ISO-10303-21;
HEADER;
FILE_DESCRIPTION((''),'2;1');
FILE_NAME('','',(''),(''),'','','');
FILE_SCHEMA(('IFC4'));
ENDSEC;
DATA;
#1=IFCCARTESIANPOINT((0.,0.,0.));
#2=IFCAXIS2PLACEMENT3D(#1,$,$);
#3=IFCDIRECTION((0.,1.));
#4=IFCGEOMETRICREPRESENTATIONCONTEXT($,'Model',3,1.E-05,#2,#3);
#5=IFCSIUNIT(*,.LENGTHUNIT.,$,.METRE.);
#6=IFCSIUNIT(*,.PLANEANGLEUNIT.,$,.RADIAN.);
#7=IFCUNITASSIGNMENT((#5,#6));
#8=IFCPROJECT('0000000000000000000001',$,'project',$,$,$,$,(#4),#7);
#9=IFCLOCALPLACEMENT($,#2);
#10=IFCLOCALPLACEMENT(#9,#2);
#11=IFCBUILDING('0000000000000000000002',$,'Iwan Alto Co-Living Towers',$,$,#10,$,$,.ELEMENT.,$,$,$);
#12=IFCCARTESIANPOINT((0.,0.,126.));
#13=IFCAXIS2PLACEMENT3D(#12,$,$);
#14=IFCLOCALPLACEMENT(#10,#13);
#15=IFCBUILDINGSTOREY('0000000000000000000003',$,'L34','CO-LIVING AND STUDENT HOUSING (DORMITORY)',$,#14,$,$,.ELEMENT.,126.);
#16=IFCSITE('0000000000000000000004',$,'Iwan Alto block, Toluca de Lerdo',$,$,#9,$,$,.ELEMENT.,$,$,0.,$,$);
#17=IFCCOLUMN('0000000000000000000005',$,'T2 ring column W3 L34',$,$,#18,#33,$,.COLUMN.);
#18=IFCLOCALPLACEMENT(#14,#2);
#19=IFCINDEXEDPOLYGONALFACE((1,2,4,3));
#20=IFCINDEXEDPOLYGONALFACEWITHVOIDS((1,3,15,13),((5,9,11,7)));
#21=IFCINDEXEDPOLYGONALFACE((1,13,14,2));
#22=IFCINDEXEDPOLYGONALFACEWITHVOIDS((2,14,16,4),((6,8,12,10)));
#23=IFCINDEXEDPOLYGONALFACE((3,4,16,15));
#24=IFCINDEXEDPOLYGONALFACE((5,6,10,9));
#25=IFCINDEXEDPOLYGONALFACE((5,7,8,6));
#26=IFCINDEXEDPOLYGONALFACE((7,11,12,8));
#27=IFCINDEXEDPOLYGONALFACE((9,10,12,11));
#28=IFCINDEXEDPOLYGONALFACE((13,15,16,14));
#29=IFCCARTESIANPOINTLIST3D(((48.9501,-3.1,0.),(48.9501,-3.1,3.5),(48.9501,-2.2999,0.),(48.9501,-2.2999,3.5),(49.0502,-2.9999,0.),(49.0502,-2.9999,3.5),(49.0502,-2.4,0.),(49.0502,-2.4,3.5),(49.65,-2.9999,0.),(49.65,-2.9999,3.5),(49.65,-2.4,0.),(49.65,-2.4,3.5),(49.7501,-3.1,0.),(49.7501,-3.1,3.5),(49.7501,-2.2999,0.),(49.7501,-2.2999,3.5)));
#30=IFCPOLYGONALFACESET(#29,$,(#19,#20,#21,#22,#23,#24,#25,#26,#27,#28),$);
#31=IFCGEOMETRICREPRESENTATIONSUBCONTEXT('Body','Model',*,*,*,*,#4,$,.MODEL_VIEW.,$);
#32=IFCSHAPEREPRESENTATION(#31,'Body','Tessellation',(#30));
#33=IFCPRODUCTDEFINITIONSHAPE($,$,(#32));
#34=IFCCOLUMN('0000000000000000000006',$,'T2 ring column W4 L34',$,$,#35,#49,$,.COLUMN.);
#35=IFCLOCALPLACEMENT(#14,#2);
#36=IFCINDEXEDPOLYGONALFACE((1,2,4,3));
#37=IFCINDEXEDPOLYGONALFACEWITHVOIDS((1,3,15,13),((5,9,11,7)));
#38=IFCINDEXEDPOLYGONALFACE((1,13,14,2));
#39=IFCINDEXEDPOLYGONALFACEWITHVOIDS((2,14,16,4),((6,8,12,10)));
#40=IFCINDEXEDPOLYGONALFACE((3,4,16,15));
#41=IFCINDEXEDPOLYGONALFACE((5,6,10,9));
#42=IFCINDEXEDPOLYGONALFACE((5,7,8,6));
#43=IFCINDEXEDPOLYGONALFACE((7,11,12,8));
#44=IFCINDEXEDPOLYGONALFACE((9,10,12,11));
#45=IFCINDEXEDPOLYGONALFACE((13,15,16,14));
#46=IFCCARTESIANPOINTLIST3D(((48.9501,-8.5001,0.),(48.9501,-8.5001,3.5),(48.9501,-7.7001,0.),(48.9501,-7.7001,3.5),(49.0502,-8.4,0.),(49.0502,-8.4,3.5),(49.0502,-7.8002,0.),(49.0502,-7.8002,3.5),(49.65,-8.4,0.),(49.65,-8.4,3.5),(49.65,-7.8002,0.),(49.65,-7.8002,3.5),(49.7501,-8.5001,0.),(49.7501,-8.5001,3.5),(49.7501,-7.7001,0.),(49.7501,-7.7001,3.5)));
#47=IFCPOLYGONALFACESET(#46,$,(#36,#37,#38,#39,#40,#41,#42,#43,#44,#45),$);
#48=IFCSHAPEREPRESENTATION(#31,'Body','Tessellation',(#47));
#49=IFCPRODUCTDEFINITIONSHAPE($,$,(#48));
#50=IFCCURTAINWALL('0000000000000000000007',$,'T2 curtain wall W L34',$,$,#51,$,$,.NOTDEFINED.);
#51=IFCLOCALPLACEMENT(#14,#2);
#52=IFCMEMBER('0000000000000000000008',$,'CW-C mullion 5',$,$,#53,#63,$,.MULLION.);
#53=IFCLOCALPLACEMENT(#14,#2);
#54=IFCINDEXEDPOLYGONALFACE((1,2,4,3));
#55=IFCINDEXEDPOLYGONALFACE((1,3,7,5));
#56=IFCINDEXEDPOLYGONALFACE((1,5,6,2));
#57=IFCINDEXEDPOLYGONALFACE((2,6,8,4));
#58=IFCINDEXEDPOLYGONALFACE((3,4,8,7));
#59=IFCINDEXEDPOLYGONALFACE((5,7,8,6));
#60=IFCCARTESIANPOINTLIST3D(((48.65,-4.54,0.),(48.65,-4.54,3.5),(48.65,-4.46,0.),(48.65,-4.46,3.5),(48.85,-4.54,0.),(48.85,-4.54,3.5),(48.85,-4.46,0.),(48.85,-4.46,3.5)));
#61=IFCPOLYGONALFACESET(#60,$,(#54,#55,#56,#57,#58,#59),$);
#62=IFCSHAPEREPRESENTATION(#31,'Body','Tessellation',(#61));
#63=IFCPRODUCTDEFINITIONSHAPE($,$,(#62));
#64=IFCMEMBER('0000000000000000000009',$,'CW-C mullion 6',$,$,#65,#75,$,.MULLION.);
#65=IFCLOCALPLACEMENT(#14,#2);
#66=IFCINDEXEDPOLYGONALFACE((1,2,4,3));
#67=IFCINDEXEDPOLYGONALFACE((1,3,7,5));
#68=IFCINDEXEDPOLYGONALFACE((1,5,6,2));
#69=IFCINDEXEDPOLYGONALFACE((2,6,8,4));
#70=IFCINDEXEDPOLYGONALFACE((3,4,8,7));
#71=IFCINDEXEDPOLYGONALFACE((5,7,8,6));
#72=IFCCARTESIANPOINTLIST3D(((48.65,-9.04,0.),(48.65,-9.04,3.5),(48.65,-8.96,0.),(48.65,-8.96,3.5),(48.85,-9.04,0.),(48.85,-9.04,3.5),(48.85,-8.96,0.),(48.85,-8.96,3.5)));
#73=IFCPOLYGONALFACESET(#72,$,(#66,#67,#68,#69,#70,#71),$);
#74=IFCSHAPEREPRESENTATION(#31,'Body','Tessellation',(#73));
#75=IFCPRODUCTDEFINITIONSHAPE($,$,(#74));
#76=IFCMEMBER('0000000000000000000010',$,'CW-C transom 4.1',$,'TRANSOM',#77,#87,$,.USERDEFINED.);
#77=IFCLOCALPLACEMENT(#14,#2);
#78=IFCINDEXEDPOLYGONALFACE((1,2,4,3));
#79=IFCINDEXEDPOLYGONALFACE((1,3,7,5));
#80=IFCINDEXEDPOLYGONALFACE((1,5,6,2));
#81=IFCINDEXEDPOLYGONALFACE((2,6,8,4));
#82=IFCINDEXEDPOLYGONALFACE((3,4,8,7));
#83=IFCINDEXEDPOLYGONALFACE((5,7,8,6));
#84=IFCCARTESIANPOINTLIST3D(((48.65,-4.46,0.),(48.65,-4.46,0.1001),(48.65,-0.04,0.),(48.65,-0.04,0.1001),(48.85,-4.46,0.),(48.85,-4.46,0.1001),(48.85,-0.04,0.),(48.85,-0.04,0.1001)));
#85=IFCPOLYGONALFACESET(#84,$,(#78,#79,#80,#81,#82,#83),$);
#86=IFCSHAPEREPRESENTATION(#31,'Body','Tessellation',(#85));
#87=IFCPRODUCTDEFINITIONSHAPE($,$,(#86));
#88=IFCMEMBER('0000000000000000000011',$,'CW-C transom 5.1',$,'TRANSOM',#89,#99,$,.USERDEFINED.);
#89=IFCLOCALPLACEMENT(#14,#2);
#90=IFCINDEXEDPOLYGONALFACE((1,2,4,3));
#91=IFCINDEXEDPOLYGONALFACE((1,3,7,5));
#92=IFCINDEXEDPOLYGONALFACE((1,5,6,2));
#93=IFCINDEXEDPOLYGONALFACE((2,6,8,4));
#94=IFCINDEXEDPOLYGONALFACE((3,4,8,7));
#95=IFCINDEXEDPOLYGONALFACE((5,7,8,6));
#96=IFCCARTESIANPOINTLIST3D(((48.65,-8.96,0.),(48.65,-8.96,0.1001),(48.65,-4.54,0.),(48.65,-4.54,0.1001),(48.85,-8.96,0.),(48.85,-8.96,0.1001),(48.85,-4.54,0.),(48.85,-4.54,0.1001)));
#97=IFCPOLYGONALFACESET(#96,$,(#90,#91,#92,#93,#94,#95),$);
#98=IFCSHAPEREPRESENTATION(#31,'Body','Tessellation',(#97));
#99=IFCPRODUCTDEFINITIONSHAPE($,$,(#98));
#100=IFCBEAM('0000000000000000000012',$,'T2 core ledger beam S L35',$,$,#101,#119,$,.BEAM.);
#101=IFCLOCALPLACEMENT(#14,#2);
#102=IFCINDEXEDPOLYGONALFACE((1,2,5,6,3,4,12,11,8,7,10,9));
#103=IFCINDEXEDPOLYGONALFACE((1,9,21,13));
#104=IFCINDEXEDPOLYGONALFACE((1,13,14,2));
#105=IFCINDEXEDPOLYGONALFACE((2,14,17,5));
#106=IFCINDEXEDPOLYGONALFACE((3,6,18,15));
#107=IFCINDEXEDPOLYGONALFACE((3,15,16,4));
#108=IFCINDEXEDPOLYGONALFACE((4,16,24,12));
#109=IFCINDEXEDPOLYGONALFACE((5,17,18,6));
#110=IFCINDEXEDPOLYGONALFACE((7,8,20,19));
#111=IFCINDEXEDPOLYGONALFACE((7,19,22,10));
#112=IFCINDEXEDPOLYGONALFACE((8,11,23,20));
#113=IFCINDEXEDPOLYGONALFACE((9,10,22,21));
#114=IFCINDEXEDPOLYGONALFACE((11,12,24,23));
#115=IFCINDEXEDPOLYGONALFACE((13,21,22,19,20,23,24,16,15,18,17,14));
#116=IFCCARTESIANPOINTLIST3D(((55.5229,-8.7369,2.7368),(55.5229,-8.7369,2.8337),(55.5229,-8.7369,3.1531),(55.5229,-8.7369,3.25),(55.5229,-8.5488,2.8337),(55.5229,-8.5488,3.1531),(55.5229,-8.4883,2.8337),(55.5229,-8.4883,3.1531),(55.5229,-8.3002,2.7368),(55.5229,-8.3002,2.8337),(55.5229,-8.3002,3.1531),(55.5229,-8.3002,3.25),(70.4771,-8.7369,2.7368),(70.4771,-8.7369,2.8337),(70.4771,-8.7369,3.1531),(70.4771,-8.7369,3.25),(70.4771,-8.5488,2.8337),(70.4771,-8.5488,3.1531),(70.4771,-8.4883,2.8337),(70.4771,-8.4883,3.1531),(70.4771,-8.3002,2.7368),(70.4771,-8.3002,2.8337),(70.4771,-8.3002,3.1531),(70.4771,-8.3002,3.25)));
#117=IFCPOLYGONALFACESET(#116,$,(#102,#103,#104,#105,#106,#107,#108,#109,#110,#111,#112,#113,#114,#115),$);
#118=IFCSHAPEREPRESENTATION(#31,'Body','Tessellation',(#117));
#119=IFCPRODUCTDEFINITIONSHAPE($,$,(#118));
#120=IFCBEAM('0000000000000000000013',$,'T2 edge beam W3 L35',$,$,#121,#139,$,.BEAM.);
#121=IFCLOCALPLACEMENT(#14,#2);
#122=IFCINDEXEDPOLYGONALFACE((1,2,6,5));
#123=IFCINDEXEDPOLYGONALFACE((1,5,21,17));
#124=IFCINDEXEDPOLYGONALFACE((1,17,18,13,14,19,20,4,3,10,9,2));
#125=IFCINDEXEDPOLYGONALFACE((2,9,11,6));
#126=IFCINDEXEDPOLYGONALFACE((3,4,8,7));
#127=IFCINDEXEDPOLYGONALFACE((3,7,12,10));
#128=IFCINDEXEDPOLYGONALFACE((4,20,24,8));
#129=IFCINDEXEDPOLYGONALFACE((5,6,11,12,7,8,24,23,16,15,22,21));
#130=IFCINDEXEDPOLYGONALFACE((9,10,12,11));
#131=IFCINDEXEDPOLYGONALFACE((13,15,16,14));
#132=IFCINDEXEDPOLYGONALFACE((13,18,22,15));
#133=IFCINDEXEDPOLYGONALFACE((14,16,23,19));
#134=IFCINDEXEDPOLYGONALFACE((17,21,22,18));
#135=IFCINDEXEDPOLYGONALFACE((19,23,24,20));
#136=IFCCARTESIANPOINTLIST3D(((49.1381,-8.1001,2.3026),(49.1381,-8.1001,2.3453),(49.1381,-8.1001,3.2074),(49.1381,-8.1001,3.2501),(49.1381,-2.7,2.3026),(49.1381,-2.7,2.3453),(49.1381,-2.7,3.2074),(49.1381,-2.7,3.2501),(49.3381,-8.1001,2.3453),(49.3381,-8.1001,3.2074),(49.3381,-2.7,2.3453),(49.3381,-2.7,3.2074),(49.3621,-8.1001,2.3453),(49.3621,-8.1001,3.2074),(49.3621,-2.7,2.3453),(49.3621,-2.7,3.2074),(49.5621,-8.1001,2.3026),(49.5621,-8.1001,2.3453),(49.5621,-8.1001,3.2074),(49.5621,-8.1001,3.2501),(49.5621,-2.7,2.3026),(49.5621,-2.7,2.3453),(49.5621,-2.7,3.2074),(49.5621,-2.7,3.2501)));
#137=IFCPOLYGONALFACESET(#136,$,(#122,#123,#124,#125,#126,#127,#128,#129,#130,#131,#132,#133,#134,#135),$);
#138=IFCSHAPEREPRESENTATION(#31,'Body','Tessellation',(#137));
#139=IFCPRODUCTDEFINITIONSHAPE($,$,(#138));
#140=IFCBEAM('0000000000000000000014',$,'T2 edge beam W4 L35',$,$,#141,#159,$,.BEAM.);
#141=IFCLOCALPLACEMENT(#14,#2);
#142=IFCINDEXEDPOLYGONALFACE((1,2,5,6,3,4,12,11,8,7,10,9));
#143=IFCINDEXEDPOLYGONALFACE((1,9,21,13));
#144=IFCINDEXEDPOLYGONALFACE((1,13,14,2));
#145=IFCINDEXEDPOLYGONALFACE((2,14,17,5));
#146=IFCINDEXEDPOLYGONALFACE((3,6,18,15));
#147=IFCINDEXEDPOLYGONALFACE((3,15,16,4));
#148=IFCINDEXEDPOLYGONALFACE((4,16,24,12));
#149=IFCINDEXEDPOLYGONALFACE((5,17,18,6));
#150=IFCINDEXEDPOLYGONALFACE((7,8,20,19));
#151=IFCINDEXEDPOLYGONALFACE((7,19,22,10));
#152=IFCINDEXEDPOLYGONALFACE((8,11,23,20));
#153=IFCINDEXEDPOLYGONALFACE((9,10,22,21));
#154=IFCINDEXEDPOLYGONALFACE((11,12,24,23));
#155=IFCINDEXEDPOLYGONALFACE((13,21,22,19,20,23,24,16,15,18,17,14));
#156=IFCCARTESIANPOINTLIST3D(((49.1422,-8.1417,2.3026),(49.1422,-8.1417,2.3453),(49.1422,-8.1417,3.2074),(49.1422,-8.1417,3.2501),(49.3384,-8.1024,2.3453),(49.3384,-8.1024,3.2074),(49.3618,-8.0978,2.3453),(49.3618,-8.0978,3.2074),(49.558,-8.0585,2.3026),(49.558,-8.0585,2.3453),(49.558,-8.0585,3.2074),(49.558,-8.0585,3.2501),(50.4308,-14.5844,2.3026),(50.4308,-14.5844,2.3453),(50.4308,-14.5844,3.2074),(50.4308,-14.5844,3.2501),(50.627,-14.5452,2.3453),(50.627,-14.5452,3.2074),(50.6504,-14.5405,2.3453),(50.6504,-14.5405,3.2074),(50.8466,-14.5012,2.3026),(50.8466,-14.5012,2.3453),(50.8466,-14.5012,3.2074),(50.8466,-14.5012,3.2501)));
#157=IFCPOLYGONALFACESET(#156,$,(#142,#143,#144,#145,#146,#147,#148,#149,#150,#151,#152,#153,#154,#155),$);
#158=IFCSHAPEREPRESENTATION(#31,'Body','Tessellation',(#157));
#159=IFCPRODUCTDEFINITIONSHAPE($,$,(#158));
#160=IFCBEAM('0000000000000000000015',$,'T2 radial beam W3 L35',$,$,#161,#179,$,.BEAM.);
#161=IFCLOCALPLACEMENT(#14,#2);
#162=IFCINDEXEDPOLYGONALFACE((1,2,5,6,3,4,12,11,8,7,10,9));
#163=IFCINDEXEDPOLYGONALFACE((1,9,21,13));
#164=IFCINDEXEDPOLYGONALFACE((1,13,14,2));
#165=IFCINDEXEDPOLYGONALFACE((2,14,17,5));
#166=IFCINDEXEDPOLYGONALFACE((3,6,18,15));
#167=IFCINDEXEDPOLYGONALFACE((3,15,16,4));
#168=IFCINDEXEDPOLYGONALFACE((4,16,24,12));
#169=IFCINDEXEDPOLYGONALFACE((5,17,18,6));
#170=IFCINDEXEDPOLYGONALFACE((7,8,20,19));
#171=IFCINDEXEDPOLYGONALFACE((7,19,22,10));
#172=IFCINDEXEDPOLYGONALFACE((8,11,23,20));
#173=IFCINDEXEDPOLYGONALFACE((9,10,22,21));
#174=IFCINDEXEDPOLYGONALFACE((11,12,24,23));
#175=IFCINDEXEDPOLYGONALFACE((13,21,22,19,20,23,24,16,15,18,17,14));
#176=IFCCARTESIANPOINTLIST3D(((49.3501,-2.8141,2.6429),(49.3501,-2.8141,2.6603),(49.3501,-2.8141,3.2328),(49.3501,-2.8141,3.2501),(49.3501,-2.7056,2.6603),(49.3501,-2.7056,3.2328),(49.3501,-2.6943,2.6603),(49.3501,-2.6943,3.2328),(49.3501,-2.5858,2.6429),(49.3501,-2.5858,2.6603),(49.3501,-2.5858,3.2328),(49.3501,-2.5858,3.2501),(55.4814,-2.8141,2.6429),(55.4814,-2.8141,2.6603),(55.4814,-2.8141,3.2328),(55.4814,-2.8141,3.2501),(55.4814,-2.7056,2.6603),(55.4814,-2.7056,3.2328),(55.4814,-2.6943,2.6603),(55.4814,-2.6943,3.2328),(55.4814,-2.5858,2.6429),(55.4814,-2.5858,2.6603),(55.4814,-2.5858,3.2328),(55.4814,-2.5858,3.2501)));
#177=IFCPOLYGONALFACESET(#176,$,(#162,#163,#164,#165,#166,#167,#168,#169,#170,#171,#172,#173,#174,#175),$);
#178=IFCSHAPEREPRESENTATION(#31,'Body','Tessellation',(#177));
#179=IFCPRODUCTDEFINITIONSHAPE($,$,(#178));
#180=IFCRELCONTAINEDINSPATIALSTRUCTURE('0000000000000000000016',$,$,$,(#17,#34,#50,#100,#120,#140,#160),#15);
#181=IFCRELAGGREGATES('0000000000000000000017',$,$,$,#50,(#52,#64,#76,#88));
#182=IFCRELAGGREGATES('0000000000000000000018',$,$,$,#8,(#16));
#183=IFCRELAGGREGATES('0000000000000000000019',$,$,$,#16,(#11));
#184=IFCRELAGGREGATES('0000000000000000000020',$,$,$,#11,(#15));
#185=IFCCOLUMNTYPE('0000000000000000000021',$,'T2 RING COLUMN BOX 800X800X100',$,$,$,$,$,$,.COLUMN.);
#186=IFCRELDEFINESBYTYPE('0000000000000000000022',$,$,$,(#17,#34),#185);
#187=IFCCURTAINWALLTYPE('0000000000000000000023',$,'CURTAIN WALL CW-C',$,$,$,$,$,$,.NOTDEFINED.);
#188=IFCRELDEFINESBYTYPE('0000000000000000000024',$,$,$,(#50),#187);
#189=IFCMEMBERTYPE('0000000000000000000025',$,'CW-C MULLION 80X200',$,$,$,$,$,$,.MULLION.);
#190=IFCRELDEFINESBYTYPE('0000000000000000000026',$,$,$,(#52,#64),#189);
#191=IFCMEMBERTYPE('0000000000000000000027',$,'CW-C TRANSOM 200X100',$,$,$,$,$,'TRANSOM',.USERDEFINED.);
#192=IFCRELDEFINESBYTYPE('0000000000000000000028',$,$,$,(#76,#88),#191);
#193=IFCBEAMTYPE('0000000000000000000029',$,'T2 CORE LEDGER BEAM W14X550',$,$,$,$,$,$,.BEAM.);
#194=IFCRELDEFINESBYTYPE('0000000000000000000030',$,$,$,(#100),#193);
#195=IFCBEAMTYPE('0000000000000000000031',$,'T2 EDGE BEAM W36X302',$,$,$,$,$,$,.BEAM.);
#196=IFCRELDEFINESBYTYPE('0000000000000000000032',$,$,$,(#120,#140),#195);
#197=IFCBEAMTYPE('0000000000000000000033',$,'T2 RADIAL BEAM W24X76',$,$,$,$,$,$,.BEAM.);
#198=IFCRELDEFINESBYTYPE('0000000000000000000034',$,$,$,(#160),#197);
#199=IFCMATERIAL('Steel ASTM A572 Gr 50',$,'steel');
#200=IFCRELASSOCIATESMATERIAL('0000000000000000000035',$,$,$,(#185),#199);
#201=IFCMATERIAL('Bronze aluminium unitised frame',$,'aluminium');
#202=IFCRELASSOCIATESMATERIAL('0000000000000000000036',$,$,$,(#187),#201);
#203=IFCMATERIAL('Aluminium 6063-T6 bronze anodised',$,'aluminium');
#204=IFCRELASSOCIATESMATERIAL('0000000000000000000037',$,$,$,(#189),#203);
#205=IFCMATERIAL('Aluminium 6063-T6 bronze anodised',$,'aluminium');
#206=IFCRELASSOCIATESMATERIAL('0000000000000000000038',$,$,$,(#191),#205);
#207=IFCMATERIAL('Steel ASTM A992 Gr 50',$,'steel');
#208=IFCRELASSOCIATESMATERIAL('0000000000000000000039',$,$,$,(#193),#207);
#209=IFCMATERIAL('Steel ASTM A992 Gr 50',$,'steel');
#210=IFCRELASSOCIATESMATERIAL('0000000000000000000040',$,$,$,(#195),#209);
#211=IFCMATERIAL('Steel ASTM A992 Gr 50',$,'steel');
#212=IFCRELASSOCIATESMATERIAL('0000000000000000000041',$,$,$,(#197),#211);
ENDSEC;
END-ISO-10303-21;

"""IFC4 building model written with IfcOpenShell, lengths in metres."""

from ifc_helpers import new_model, si_unit, direction, frame, origin, origin_2d, place, context, subcontext, project, spatial, rectangle, hollow_rectangle, i_section, extrude, material, material_profile, profile_set, type_object, element, aggregate, save


model = new_model("IFC4")

# Units and contexts
model_context = context("Model", 3, precision=1e-05, world=origin(), true_north=direction((0.0, 1.0)))
body_context = subcontext(model_context, "Body", "Model", "MODEL_VIEW")
ifc_project = project(units=[si_unit("LENGTHUNIT", "METRE"), si_unit("PLANEANGLEUNIT", "RADIAN")], contexts=[model_context])

# Site, building, storey
site_placement = place(None, origin())
site = spatial("IfcSite", under=ifc_project, at=site_placement, Name="Iwan Alto block, Toluca de Lerdo", CompositionType="ELEMENT", RefElevation=0.0)
building_placement = place(site_placement, origin())
building = spatial("IfcBuilding", under=site, at=building_placement, Name="Iwan Alto Co-Living Towers", CompositionType="ELEMENT")
storey_placement = place(building_placement, frame((0.0, 0.0, 126.0)))
storey = spatial("IfcBuildingStorey", under=building, at=storey_placement, Name="L34", Description="CO-LIVING AND STUDENT HOUSING (DORMITORY)", CompositionType="ELEMENT", Elevation=126.0)

# Columns
ifc_material_1 = material(Name="Steel ASTM A572 Gr 50", Category="steel")
ifc_material_profile_1 = material_profile(ifc_material_1, hollow_rectangle(XDim=0.8, YDim=0.8, WallThickness=0.1001, at=origin_2d()), Name="BOX 800X800X100")
ifc_profile_set_1 = profile_set([ifc_material_profile_1], Name="Steel ASTM A572 Gr 50")
column_type = type_object("IfcColumnType", Name="T2 RING COLUMN BOX 800X800X100", PredefinedType="COLUMN", material=ifc_profile_set_1)
for number, where, z_axis, x_axis, name in (
    (1, (49.3501, -2.7, 0.0), (0.0, 0.0, 1.0), (1.0, 0.0, 0.0), "T2 ring column W3 L34"),
    (2, (49.3501, -8.1001, 0.0), (0.0, 0.0, 1.0), (1.0, 0.0, 0.0), "T2 ring column W4 L34"),
):
    element("IfcColumn", number, at=place(storey_placement, frame(where, z_axis=z_axis, x_axis=x_axis)), inside=storey, type_object=column_type, Name=name, PredefinedType="COLUMN", context=body_context, shape_type="SweptSolid", body=[
        extrude(hollow_rectangle(XDim=0.8, YDim=0.8, WallThickness=0.1001, at=origin_2d()), origin(), (0.0, 0.0, 1.0), 3.5),
    ])

# Curtain wall, members
ifc_material_2 = material(Name="Bronze aluminium unitised frame", Category="aluminium")
curtain_wall_type = type_object("IfcCurtainWallType", Name="CURTAIN WALL CW-C", PredefinedType="NOTDEFINED", material=ifc_material_2)
curtain_wall_placement = place(storey_placement, origin())
curtain_wall = element("IfcCurtainWall", 3, at=curtain_wall_placement, inside=storey, type_object=curtain_wall_type, Name="T2 curtain wall W L34", PredefinedType="NOTDEFINED")
ifc_material_3 = material(Name="Aluminium 6063-T6 bronze anodised", Category="aluminium")
ifc_material_profile_2 = material_profile(ifc_material_3, rectangle(XDim=0.2, YDim=0.0801, at=origin_2d()), Name="AL 80X200")
ifc_profile_set_2 = profile_set([ifc_material_profile_2], Name="Aluminium 6063-T6 bronze anodised")
member_type_1 = type_object("IfcMemberType", Name="CW-C MULLION 80X200", PredefinedType="MULLION", material=ifc_profile_set_2)
member_1_placement = place(storey_placement, frame((48.75, -4.5, 0.0), z_axis=(0.0, 0.0, 1.0), x_axis=(1.0, 0.0, 0.0)))
member_1 = element("IfcMember", 4, at=member_1_placement, type_object=member_type_1, Name="CW-C mullion 5", PredefinedType="MULLION", context=body_context, shape_type="SweptSolid", body=[
    extrude(rectangle(XDim=0.2, YDim=0.0801, at=origin_2d()), origin(), (0.0, 0.0, 1.0), 3.5),
])
member_2_placement = place(storey_placement, frame((48.75, -9.0, 0.0), z_axis=(0.0, 0.0, 1.0), x_axis=(1.0, 0.0, 0.0)))
member_2 = element("IfcMember", 5, at=member_2_placement, type_object=member_type_1, Name="CW-C mullion 6", PredefinedType="MULLION", context=body_context, shape_type="SweptSolid", body=[
    extrude(rectangle(XDim=0.2, YDim=0.0801, at=origin_2d()), origin(), (0.0, 0.0, 1.0), 3.5),
])
ifc_material_4 = material(Name="Aluminium 6063-T6 bronze anodised", Category="aluminium")
ifc_material_profile_3 = material_profile(ifc_material_4, rectangle(XDim=0.2, YDim=0.1001, at=origin_2d()), Name="AL 200X100")
ifc_profile_set_3 = profile_set([ifc_material_profile_3], Name="Aluminium 6063-T6 bronze anodised")
member_type_2 = type_object("IfcMemberType", Name="CW-C TRANSOM 200X100", ElementType="TRANSOM", PredefinedType="USERDEFINED", material=ifc_profile_set_3)
member_3_placement = place(storey_placement, frame((48.75, -0.04, 0.05), z_axis=(0.0, -1.0, 0.0), x_axis=(1.0, 0.0, 0.0)))
member_3 = element("IfcMember", 6, at=member_3_placement, type_object=member_type_2, Name="CW-C transom 4.1", ObjectType="TRANSOM", PredefinedType="USERDEFINED", context=body_context, shape_type="SweptSolid", body=[
    extrude(rectangle(XDim=0.2, YDim=0.1001, at=origin_2d()), origin(), (0.0, 0.0, 1.0), 4.4199),
])
member_4_placement = place(storey_placement, frame((48.75, -4.54, 0.05), z_axis=(0.0, -1.0, 0.0), x_axis=(1.0, 0.0, 0.0)))
member_4 = element("IfcMember", 7, at=member_4_placement, type_object=member_type_2, Name="CW-C transom 5.1", ObjectType="TRANSOM", PredefinedType="USERDEFINED", context=body_context, shape_type="SweptSolid", body=[
    extrude(rectangle(XDim=0.2, YDim=0.1001, at=origin_2d()), origin(), (0.0, 0.0, 1.0), 4.4199),
])

# Beams
ifc_material_5 = material(Name="Steel ASTM A992 Gr 50", Category="steel")
ifc_material_profile_4 = material_profile(ifc_material_5, i_section(OverallWidth=0.4368, OverallDepth=0.5132, WebThickness=0.0605, FlangeThickness=0.0969, at=origin_2d()), Name="W14X550")
ifc_profile_set_4 = profile_set([ifc_material_profile_4], Name="Steel ASTM A992 Gr 50")
beam_type_1 = type_object("IfcBeamType", Name="T2 CORE LEDGER BEAM W14X550", PredefinedType="BEAM", material=ifc_profile_set_4)
beam_1_placement = place(storey_placement, frame((55.5229, -8.5186, 2.9934), z_axis=(1.0, 0.0, 0.0), x_axis=(0.0, 1.0, 0.0)))
element("IfcBeam", 8, at=beam_1_placement, inside=storey, type_object=beam_type_1, Name="T2 core ledger beam S L35", PredefinedType="BEAM", context=body_context, shape_type="SweptSolid", body=[
    extrude(i_section(OverallWidth=0.4368, OverallDepth=0.5132, WebThickness=0.0605, FlangeThickness=0.0969, at=origin_2d()), origin(), (0.0, 0.0, 1.0), 14.9541),
])
ifc_material_6 = material(Name="Steel ASTM A992 Gr 50", Category="steel")
ifc_material_profile_5 = material_profile(ifc_material_6, i_section(OverallWidth=0.4241, OverallDepth=0.9475, WebThickness=0.0239, FlangeThickness=0.0427, at=origin_2d()), Name="W36X302")
ifc_profile_set_5 = profile_set([ifc_material_profile_5], Name="Steel ASTM A992 Gr 50")
beam_type_2 = type_object("IfcBeamType", Name="T2 EDGE BEAM W36X302", PredefinedType="BEAM", material=ifc_profile_set_5)
beam_2_placement = place(storey_placement, frame((49.3501, -2.7, 2.7764), z_axis=(0.0, -1.0, 0.0), x_axis=(1.0, 0.0, 0.0)))
element("IfcBeam", 9, at=beam_2_placement, inside=storey, type_object=beam_type_2, Name="T2 edge beam W3 L35", PredefinedType="BEAM", context=body_context, shape_type="SweptSolid", body=[
    extrude(i_section(OverallWidth=0.4241, OverallDepth=0.9475, WebThickness=0.0239, FlangeThickness=0.0427, at=origin_2d()), origin(), (0.0, 0.0, 1.0), 5.4001),
])
beam_3_placement = place(storey_placement, frame((49.3501, -8.1001, 2.7764), z_axis=(0.196123, -0.980579, 0.0), x_axis=(0.980579, 0.196123, 0.0)))
element("IfcBeam", 10, at=beam_3_placement, inside=storey, type_object=beam_type_2, Name="T2 edge beam W4 L35", PredefinedType="BEAM", context=body_context, shape_type="SweptSolid", body=[
    extrude(i_section(OverallWidth=0.4241, OverallDepth=0.9475, WebThickness=0.0239, FlangeThickness=0.0427, at=origin_2d()), origin(), (0.0, 0.0, 1.0), 6.5703),
])
ifc_material_7 = material(Name="Steel ASTM A992 Gr 50", Category="steel")
ifc_material_profile_6 = material_profile(ifc_material_7, i_section(OverallWidth=0.2283, OverallDepth=0.6072, WebThickness=0.0112, FlangeThickness=0.0173, at=origin_2d()), Name="W24X76")
ifc_profile_set_6 = profile_set([ifc_material_profile_6], Name="Steel ASTM A992 Gr 50")
beam_type_3 = type_object("IfcBeamType", Name="T2 RADIAL BEAM W24X76", PredefinedType="BEAM", material=ifc_profile_set_6)
for number, where, z_axis, x_axis, name in (
    (11, (49.3501, -2.7, 2.9465), (1.0, 0.0, 0.0), (0.0, 1.0, 0.0), "T2 radial beam W3 L35"),
):
    element("IfcBeam", number, at=place(storey_placement, frame(where, z_axis=z_axis, x_axis=x_axis)), inside=storey, type_object=beam_type_3, Name=name, PredefinedType="BEAM", context=body_context, shape_type="SweptSolid", body=[
        extrude(i_section(OverallWidth=0.2283, OverallDepth=0.6072, WebThickness=0.0112, FlangeThickness=0.0173, at=origin_2d()), origin(), (0.0, 0.0, 1.0), 6.1313),
    ])

aggregate(curtain_wall, [member_1, member_2, member_3, member_4])

save(model, "model.ifc")
